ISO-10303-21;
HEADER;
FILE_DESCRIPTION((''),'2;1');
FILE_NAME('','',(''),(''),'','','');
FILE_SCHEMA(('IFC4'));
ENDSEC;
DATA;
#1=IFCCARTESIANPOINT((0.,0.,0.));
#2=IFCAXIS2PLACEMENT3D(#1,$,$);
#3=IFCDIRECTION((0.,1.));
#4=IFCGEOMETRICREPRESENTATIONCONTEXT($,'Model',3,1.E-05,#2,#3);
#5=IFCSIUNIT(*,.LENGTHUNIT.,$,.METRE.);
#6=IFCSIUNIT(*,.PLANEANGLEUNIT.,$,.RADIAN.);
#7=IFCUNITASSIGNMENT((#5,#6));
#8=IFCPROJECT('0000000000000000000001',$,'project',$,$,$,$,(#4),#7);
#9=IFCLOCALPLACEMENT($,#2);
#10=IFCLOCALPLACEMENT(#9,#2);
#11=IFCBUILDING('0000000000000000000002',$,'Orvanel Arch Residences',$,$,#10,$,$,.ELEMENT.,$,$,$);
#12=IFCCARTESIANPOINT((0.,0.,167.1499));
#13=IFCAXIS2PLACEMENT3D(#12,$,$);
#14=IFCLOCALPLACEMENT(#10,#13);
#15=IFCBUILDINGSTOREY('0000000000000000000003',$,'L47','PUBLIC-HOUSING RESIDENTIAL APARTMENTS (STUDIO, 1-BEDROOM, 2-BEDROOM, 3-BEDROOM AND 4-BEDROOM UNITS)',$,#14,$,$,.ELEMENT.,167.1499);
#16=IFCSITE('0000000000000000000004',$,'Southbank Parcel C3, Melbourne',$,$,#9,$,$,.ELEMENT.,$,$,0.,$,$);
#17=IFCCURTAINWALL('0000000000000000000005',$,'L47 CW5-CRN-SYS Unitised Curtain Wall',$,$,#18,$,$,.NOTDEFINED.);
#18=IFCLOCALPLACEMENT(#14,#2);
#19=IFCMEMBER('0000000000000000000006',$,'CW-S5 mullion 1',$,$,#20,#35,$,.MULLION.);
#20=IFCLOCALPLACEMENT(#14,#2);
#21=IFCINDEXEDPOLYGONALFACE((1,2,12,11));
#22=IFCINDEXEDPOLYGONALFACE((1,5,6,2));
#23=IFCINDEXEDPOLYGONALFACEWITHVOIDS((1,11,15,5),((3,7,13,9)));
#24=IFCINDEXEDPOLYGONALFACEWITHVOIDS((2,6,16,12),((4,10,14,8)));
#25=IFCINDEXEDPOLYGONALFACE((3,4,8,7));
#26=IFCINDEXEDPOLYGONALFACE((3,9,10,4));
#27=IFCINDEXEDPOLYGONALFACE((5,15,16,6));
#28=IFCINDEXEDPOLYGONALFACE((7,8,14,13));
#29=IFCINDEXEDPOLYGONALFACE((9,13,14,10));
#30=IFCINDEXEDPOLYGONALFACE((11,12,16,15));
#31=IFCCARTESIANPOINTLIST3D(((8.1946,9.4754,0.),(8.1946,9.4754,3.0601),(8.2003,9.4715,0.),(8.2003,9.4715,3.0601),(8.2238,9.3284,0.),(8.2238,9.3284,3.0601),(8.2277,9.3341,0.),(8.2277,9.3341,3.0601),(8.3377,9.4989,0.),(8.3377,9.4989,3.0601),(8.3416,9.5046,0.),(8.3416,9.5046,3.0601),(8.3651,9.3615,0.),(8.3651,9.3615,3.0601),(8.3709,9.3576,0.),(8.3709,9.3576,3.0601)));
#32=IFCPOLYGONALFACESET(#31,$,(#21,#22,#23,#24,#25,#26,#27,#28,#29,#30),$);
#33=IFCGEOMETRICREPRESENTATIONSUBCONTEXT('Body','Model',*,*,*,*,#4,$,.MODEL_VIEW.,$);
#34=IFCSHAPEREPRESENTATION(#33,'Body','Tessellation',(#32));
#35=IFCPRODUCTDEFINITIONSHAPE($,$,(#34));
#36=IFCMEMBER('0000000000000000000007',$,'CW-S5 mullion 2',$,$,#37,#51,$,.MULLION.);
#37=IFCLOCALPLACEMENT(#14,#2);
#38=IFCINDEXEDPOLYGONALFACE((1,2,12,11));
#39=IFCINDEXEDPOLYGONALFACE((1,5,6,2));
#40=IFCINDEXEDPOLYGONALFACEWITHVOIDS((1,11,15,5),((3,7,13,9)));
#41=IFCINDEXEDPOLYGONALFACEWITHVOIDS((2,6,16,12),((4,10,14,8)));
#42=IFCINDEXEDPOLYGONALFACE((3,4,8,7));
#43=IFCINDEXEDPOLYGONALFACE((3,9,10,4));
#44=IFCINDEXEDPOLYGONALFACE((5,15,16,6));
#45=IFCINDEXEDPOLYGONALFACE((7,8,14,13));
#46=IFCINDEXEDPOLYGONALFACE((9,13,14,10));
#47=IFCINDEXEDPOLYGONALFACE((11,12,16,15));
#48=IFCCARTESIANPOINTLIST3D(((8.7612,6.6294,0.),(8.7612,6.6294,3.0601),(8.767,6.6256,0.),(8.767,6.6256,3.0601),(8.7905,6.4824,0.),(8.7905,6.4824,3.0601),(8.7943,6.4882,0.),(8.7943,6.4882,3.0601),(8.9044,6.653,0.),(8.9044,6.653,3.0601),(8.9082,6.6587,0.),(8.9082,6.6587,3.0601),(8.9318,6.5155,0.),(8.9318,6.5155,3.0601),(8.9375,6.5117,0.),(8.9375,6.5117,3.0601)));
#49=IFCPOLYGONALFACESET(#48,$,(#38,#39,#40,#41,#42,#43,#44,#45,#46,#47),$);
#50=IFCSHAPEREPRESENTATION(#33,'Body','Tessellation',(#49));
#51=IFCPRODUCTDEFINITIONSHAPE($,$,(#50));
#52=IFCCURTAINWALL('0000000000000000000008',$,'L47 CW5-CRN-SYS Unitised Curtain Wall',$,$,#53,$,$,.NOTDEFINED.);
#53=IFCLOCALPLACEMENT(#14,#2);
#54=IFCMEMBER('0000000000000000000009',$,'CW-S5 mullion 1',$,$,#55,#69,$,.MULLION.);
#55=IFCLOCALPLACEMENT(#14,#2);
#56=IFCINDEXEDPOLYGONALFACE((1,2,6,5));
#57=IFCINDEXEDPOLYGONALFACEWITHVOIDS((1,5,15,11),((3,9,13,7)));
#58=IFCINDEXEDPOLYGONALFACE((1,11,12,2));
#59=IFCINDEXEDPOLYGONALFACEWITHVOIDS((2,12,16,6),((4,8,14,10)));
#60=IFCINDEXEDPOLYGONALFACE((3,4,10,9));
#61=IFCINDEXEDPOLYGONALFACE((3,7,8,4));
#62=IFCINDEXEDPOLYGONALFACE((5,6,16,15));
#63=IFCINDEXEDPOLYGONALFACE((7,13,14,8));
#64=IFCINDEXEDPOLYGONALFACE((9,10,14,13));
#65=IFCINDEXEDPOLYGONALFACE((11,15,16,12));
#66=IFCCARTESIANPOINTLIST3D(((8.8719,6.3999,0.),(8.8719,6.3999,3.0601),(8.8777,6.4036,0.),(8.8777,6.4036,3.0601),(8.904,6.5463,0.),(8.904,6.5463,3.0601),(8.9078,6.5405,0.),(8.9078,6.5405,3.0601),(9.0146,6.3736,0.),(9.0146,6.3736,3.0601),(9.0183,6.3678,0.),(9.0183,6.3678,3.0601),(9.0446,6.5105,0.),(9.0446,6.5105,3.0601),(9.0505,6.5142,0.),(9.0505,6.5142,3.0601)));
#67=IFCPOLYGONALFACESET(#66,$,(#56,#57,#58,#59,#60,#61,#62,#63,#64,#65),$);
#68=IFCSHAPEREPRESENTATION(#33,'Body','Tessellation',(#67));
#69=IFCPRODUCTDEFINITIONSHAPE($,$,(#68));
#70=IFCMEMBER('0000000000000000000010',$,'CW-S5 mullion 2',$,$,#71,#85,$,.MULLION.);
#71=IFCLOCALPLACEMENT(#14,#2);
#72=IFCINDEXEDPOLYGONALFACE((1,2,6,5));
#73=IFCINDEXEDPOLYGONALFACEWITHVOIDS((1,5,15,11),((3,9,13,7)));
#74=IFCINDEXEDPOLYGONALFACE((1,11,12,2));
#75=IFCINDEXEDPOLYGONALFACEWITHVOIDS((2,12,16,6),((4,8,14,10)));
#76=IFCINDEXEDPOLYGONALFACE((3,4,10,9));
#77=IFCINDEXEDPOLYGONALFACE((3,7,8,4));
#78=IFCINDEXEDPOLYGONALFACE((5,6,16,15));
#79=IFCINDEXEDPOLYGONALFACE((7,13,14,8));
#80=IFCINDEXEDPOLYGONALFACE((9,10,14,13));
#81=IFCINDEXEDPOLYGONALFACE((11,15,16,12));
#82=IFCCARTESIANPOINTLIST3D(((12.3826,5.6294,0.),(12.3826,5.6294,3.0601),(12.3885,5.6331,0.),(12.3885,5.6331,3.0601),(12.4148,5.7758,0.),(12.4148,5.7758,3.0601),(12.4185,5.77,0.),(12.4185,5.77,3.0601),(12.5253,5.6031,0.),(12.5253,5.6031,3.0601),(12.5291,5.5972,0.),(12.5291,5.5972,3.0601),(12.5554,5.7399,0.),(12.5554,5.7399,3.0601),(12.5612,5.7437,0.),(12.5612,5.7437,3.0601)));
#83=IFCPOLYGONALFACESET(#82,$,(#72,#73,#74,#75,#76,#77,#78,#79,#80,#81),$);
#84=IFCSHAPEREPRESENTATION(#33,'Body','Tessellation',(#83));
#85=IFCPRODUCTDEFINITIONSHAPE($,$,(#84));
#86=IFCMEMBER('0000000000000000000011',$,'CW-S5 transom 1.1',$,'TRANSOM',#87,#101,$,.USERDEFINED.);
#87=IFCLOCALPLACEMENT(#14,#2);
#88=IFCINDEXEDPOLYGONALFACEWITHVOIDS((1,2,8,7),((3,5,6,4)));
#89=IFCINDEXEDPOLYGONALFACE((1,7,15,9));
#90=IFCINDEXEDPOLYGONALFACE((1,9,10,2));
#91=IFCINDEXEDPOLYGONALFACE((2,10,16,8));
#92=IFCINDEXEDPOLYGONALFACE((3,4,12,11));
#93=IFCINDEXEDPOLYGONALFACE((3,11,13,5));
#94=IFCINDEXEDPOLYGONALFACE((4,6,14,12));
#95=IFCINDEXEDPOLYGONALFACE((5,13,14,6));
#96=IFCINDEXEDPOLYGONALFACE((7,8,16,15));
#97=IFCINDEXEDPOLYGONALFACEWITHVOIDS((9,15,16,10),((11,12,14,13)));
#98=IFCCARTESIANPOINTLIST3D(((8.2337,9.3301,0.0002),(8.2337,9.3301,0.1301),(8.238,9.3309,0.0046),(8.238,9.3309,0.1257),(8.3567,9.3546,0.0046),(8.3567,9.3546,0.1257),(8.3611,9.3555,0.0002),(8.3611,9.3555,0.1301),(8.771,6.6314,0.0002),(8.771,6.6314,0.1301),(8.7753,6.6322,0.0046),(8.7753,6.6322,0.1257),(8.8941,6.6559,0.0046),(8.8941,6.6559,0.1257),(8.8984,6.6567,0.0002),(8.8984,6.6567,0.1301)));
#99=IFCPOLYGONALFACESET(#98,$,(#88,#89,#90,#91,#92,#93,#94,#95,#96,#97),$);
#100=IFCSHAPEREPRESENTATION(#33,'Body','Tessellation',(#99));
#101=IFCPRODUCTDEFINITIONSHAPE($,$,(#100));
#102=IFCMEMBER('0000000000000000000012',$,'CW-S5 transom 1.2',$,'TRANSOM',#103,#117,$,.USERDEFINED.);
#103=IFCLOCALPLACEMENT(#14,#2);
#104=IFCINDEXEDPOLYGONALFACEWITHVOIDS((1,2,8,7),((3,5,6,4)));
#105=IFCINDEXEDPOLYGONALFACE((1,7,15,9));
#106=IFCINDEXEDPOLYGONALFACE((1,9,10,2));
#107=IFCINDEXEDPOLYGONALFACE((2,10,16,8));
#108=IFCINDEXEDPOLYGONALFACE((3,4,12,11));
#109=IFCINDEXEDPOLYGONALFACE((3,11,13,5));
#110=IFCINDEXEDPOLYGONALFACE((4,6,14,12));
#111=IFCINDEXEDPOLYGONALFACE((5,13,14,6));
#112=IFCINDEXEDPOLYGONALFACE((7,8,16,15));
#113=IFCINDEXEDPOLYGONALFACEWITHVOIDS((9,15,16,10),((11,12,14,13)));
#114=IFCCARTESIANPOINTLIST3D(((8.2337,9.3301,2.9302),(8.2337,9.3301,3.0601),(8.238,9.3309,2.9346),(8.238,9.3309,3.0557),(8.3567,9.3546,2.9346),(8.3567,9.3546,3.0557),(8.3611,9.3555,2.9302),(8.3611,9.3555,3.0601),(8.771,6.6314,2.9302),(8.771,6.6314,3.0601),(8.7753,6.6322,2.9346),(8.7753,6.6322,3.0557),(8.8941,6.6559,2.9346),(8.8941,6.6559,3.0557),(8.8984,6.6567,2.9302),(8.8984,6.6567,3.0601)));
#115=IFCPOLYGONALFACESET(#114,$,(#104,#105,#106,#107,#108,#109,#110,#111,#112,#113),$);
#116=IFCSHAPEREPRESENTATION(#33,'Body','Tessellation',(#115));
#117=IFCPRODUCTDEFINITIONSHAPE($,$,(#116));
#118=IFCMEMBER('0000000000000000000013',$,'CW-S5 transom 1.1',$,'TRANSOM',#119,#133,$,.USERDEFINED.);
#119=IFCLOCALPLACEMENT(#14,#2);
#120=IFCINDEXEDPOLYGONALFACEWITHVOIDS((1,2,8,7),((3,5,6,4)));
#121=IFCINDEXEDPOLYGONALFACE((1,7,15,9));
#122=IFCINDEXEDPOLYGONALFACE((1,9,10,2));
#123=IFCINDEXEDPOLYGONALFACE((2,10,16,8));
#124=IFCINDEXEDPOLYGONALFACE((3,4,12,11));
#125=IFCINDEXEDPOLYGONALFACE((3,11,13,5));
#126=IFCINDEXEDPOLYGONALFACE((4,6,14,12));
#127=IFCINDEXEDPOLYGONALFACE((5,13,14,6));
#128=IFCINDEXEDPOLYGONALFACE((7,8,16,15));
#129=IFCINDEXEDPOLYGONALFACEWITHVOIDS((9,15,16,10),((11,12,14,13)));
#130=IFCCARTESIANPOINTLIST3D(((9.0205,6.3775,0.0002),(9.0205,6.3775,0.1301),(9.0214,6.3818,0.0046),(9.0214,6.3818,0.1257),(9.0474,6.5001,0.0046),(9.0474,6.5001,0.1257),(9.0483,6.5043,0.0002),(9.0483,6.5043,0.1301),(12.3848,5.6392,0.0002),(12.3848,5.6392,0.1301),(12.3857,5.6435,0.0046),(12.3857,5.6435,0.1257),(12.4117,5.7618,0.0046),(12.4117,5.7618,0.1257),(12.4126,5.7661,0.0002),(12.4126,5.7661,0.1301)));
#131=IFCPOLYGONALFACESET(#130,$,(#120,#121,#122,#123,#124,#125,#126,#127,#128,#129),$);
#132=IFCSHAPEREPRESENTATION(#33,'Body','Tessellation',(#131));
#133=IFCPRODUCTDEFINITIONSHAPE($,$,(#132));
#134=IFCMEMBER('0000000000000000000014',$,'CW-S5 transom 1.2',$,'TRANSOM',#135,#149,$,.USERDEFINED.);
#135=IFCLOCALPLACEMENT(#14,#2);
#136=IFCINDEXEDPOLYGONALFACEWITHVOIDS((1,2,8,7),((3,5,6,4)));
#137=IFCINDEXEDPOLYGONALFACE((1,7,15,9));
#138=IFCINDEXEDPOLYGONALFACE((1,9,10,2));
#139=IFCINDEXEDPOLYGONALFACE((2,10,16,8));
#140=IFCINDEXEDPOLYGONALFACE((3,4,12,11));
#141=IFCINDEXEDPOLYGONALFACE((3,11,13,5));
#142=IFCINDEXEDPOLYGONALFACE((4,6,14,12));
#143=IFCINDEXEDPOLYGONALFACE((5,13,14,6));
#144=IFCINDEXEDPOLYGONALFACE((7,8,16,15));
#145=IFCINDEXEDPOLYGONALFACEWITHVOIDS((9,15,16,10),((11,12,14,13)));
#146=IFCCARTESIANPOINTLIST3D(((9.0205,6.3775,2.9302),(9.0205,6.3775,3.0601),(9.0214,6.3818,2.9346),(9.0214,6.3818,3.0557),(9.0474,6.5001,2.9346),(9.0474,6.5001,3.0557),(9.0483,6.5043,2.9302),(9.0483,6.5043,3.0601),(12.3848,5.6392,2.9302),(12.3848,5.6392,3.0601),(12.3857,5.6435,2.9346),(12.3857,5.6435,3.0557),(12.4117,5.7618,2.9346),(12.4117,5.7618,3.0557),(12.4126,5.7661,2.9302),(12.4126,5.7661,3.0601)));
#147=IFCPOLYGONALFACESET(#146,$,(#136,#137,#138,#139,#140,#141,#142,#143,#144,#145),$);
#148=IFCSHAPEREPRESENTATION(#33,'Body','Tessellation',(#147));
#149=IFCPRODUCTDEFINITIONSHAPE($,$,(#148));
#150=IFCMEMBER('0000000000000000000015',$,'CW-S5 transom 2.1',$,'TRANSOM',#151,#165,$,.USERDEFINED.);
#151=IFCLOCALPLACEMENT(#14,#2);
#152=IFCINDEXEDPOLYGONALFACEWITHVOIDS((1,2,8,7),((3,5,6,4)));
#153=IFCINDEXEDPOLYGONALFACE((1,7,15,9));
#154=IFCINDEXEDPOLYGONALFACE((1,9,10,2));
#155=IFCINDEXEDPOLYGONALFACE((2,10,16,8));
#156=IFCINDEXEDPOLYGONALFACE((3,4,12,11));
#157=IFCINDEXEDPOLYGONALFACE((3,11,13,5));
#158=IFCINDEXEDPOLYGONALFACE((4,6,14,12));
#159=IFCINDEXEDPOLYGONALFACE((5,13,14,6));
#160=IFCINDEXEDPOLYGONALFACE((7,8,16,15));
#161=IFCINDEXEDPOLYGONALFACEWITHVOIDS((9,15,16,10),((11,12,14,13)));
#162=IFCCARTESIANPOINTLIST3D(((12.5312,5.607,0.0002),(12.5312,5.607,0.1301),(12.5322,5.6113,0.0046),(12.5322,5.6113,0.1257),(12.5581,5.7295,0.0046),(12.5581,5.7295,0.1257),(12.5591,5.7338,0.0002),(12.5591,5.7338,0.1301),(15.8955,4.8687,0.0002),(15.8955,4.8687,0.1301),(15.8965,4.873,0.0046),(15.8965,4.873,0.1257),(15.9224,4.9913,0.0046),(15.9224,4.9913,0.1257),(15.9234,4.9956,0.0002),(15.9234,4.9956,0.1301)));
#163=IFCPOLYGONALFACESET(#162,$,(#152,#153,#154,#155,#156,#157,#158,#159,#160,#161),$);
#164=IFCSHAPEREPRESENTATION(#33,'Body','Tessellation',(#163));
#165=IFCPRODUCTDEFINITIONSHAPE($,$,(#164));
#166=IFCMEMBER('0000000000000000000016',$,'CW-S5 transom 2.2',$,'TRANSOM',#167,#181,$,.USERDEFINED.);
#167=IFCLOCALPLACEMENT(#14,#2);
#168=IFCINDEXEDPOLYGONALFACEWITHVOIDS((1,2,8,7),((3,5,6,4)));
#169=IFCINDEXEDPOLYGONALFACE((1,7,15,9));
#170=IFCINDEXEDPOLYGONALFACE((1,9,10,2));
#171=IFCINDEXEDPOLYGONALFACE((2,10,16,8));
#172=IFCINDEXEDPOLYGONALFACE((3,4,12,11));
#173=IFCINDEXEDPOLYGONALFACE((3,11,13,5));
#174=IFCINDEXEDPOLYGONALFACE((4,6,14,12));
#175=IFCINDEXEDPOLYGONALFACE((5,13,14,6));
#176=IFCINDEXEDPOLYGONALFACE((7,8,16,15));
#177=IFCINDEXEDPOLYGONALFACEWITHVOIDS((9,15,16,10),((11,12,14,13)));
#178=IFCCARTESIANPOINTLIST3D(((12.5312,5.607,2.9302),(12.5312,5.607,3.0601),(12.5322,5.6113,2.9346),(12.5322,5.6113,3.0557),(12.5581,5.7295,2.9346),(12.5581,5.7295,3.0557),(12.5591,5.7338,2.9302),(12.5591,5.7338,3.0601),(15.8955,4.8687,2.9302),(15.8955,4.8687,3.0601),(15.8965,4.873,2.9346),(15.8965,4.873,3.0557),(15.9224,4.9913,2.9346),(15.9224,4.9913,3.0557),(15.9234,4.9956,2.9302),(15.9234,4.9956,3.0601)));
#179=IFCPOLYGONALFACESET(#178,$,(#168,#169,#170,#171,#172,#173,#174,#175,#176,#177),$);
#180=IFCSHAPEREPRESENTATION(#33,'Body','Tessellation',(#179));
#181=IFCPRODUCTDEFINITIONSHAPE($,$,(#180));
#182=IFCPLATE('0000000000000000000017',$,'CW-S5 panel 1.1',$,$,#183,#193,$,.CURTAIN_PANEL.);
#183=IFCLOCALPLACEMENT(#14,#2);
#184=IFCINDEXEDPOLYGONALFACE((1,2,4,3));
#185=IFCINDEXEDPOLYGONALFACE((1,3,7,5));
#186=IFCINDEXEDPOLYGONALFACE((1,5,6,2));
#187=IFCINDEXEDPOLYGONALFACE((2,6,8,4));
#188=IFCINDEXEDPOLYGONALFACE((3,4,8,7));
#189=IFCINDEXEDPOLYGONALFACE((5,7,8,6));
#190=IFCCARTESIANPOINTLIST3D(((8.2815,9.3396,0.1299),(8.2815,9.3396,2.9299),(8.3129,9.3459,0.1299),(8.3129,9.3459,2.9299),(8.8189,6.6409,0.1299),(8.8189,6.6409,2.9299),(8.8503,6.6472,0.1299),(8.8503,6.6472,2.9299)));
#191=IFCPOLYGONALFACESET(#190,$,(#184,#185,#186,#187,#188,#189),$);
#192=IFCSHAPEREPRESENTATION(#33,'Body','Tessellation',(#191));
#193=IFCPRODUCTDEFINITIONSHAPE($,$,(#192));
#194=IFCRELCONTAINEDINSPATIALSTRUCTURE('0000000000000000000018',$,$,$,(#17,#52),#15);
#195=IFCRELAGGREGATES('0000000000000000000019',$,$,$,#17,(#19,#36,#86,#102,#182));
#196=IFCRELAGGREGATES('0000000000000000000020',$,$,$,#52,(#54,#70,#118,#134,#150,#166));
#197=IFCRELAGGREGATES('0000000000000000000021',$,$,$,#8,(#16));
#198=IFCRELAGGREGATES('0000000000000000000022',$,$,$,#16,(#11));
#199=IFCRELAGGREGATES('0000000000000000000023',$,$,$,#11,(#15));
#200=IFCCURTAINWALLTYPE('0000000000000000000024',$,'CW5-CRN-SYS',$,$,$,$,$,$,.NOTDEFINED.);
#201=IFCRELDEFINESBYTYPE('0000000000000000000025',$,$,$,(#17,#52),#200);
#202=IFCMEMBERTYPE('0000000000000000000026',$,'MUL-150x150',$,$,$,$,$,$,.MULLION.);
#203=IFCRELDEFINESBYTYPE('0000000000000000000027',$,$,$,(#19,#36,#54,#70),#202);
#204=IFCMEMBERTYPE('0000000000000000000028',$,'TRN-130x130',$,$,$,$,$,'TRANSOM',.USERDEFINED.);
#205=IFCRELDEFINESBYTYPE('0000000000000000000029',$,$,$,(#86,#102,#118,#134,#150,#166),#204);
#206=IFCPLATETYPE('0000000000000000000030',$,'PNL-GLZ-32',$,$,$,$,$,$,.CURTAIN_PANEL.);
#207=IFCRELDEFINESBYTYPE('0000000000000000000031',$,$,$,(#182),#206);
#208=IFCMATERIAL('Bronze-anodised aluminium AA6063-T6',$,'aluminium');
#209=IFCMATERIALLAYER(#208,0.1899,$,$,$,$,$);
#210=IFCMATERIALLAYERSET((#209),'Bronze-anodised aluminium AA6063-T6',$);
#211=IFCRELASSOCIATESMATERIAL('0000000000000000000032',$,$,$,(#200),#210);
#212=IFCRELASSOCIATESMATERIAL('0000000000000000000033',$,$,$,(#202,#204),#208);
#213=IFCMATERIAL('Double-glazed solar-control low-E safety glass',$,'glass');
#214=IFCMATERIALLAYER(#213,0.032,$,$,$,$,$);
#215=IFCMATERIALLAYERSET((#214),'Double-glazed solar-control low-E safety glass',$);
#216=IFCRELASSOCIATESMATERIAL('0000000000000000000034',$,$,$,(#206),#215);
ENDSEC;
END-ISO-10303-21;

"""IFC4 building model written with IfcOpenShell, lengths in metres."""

from ifc_helpers import new_model, si_unit, direction, frame, origin, origin_2d, place, context, subcontext, project, spatial, rectangle, hollow_rectangle, extrude, material, layer, layer_set, material_profile, profile_set, type_object, element, aggregate, save


model = new_model("IFC4")

# Units and contexts
model_context = context("Model", 3, precision=1e-05, world=origin(), true_north=direction((0.0, 1.0)))
body_context = subcontext(model_context, "Body", "Model", "MODEL_VIEW")
ifc_project = project(units=[si_unit("LENGTHUNIT", "METRE"), si_unit("PLANEANGLEUNIT", "RADIAN")], contexts=[model_context])

# Site, building, storey
site_placement = place(None, origin())
site = spatial("IfcSite", under=ifc_project, at=site_placement, Name="Southbank Parcel C3, Melbourne", CompositionType="ELEMENT", RefElevation=0.0)
building_placement = place(site_placement, origin())
building = spatial("IfcBuilding", under=site, at=building_placement, Name="Orvanel Arch Residences", CompositionType="ELEMENT")
storey_placement = place(building_placement, frame((0.0, 0.0, 167.1499)))
storey = spatial("IfcBuildingStorey", under=building, at=storey_placement, Name="L47", Description="PUBLIC-HOUSING RESIDENTIAL APARTMENTS (STUDIO, 1-BEDROOM, 2-BEDROOM, 3-BEDROOM AND 4-BEDROOM UNITS)", CompositionType="ELEMENT", Elevation=167.1499)

# Curtain walls, members
ifc_material_1 = material(Name="Bronze-anodised aluminium AA6063-T6", Category="aluminium")
ifc_layer_1 = layer(ifc_material_1, 0.1899)
ifc_layer_set_1 = layer_set([ifc_layer_1], Name="Bronze-anodised aluminium AA6063-T6")
curtain_wall_type = type_object("IfcCurtainWallType", Name="CW5-CRN-SYS", PredefinedType="NOTDEFINED", material=ifc_layer_set_1)
curtain_wall_1_placement = place(storey_placement, origin())
curtain_wall_1 = element("IfcCurtainWall", 1, at=curtain_wall_1_placement, inside=storey, type_object=curtain_wall_type, Name="L47 CW5-CRN-SYS Unitised Curtain Wall", PredefinedType="NOTDEFINED")
ifc_material_profile_1 = material_profile(ifc_material_1, hollow_rectangle(XDim=0.1499, YDim=0.1499, WallThickness=0.0049, at=origin_2d()), Name="ALU150x150x5")
ifc_profile_set_1 = profile_set([ifc_material_profile_1], Name="Bronze-anodised aluminium AA6063-T6")
member_type_1 = type_object("IfcMemberType", Name="MUL-150x150", PredefinedType="MULLION", material=ifc_profile_set_1)
member_1_placement = place(storey_placement, frame((8.2827, 9.4165, 0.0), z_axis=(0.0, 0.0, 1.0), x_axis=(0.980744, 0.195297, 0.0)))
member_1 = element("IfcMember", 2, at=member_1_placement, type_object=member_type_1, Name="CW-S5 mullion 1", PredefinedType="MULLION", context=body_context, shape_type="SweptSolid", body=[
    extrude(hollow_rectangle(XDim=0.1499, YDim=0.1499, WallThickness=0.0049, at=origin_2d()), origin(), (0.0, 0.0, 1.0), 3.0601),
])
member_2_placement = place(storey_placement, frame((8.8494, 6.5706, 0.0), z_axis=(0.0, 0.0, 1.0), x_axis=(0.980744, 0.195297, 0.0)))
member_2 = element("IfcMember", 3, at=member_2_placement, type_object=member_type_1, Name="CW-S5 mullion 2", PredefinedType="MULLION", context=body_context, shape_type="SweptSolid", body=[
    extrude(hollow_rectangle(XDim=0.1499, YDim=0.1499, WallThickness=0.0049, at=origin_2d()), origin(), (0.0, 0.0, 1.0), 3.0601),
])
curtain_wall_2_placement = place(storey_placement, origin())
curtain_wall_2 = element("IfcCurtainWall", 4, at=curtain_wall_2_placement, inside=storey, type_object=curtain_wall_type, Name="L47 CW5-CRN-SYS Unitised Curtain Wall", PredefinedType="NOTDEFINED")
member_3_placement = place(storey_placement, frame((8.9612, 6.457, 0.0), z_axis=(0.0, 0.0, 1.0), x_axis=(0.214347, 0.976758, 0.0)))
member_3 = element("IfcMember", 5, at=member_3_placement, type_object=member_type_1, Name="CW-S5 mullion 1", PredefinedType="MULLION", context=body_context, shape_type="SweptSolid", body=[
    extrude(hollow_rectangle(XDim=0.1499, YDim=0.1499, WallThickness=0.0049, at=origin_2d()), origin(), (0.0, 0.0, 1.0), 3.0601),
])
member_4_placement = place(storey_placement, frame((12.4719, 5.6865, 0.0), z_axis=(0.0, 0.0, 1.0), x_axis=(0.214347, 0.976758, 0.0)))
member_4 = element("IfcMember", 6, at=member_4_placement, type_object=member_type_1, Name="CW-S5 mullion 2", PredefinedType="MULLION", context=body_context, shape_type="SweptSolid", body=[
    extrude(hollow_rectangle(XDim=0.1499, YDim=0.1499, WallThickness=0.0049, at=origin_2d()), origin(), (0.0, 0.0, 1.0), 3.0601),
])

# Members
ifc_material_profile_2 = material_profile(ifc_material_1, hollow_rectangle(XDim=0.1299, YDim=0.1299, WallThickness=0.0044, at=origin_2d()), Name="ALU130x130x4.5")
ifc_profile_set_2 = profile_set([ifc_material_profile_2], Name="Bronze-anodised aluminium AA6063-T6")
member_type_2 = type_object("IfcMemberType", Name="TRN-130x130", ElementType="TRANSOM", PredefinedType="USERDEFINED", material=ifc_profile_set_2)
member_5_placement = place(storey_placement, frame((8.2974, 9.3428, 0.0652), z_axis=(0.19528, -0.980748, 0.0), x_axis=(0.980748, 0.19528, 0.0)))
member_5 = element("IfcMember", 7, at=member_5_placement, type_object=member_type_2, Name="CW-S5 transom 1.1", ObjectType="TRANSOM", PredefinedType="USERDEFINED", context=body_context, shape_type="SweptSolid", body=[
    extrude(hollow_rectangle(XDim=0.1299, YDim=0.1299, WallThickness=0.0044, at=origin_2d()), origin(), (0.0, 0.0, 1.0), 2.7517),
])
member_6_placement = place(storey_placement, frame((8.2974, 9.3428, 2.9951), z_axis=(0.19528, -0.980748, 0.0), x_axis=(0.980748, 0.19528, 0.0)))
member_6 = element("IfcMember", 8, at=member_6_placement, type_object=member_type_2, Name="CW-S5 transom 1.2", ObjectType="TRANSOM", PredefinedType="USERDEFINED", context=body_context, shape_type="SweptSolid", body=[
    extrude(hollow_rectangle(XDim=0.1299, YDim=0.1299, WallThickness=0.0044, at=origin_2d()), origin(), (0.0, 0.0, 1.0), 2.7517),
])
member_7_placement = place(storey_placement, frame((9.0344, 6.4409, 0.0652), z_axis=(0.976757, -0.214348, 0.0), x_axis=(0.214348, 0.976757, 0.0)))
member_7 = element("IfcMember", 9, at=member_7_placement, type_object=member_type_2, Name="CW-S5 transom 1.1", ObjectType="TRANSOM", PredefinedType="USERDEFINED", context=body_context, shape_type="SweptSolid", body=[
    extrude(hollow_rectangle(XDim=0.1299, YDim=0.1299, WallThickness=0.0044, at=origin_2d()), origin(), (0.0, 0.0, 1.0), 3.4443),
])
member_8_placement = place(storey_placement, frame((9.0344, 6.4409, 2.9951), z_axis=(0.976757, -0.214348, 0.0), x_axis=(0.214348, 0.976757, 0.0)))
member_8 = element("IfcMember", 10, at=member_8_placement, type_object=member_type_2, Name="CW-S5 transom 1.2", ObjectType="TRANSOM", PredefinedType="USERDEFINED", context=body_context, shape_type="SweptSolid", body=[
    extrude(hollow_rectangle(XDim=0.1299, YDim=0.1299, WallThickness=0.0044, at=origin_2d()), origin(), (0.0, 0.0, 1.0), 3.4443),
])
member_9_placement = place(storey_placement, frame((12.5452, 5.6704, 0.0652), z_axis=(0.976757, -0.214348, 0.0), x_axis=(0.214348, 0.976757, 0.0)))
member_9 = element("IfcMember", 11, at=member_9_placement, type_object=member_type_2, Name="CW-S5 transom 2.1", ObjectType="TRANSOM", PredefinedType="USERDEFINED", context=body_context, shape_type="SweptSolid", body=[
    extrude(hollow_rectangle(XDim=0.1299, YDim=0.1299, WallThickness=0.0044, at=origin_2d()), origin(), (0.0, 0.0, 1.0), 3.4443),
])
member_10_placement = place(storey_placement, frame((12.5452, 5.6704, 2.9951), z_axis=(0.976757, -0.214348, 0.0), x_axis=(0.214348, 0.976757, 0.0)))
member_10 = element("IfcMember", 12, at=member_10_placement, type_object=member_type_2, Name="CW-S5 transom 2.2", ObjectType="TRANSOM", PredefinedType="USERDEFINED", context=body_context, shape_type="SweptSolid", body=[
    extrude(hollow_rectangle(XDim=0.1299, YDim=0.1299, WallThickness=0.0044, at=origin_2d()), origin(), (0.0, 0.0, 1.0), 3.4443),
])

# Plate
ifc_material_2 = material(Name="Double-glazed solar-control low-E safety glass", Category="glass")
ifc_layer_2 = layer(ifc_material_2, 0.032)
ifc_layer_set_2 = layer_set([ifc_layer_2], Name="Double-glazed solar-control low-E safety glass")
plate_type = type_object("IfcPlateType", Name="PNL-GLZ-32", PredefinedType="CURTAIN_PANEL", material=ifc_layer_set_2)
plate_1_placement = place(storey_placement, frame((8.5659, 7.9934, 0.1299), z_axis=(0.0, 0.0, 1.0), x_axis=(0.195297, -0.980744, 0.0)))
plate_1 = element("IfcPlate", 13, at=plate_1_placement, type_object=plate_type, Name="CW-S5 panel 1.1", PredefinedType="CURTAIN_PANEL", context=body_context, shape_type="SweptSolid", body=[
    extrude(rectangle(XDim=2.7517, YDim=0.032, at=origin_2d()), origin(), (0.0, 0.0, 1.0), 2.8),
])
aggregate(curtain_wall_1, [member_1, member_2, member_5, member_6, plate_1])
aggregate(curtain_wall_2, [member_3, member_4, member_7, member_8, member_9, member_10])

save(model, "model.ifc")
